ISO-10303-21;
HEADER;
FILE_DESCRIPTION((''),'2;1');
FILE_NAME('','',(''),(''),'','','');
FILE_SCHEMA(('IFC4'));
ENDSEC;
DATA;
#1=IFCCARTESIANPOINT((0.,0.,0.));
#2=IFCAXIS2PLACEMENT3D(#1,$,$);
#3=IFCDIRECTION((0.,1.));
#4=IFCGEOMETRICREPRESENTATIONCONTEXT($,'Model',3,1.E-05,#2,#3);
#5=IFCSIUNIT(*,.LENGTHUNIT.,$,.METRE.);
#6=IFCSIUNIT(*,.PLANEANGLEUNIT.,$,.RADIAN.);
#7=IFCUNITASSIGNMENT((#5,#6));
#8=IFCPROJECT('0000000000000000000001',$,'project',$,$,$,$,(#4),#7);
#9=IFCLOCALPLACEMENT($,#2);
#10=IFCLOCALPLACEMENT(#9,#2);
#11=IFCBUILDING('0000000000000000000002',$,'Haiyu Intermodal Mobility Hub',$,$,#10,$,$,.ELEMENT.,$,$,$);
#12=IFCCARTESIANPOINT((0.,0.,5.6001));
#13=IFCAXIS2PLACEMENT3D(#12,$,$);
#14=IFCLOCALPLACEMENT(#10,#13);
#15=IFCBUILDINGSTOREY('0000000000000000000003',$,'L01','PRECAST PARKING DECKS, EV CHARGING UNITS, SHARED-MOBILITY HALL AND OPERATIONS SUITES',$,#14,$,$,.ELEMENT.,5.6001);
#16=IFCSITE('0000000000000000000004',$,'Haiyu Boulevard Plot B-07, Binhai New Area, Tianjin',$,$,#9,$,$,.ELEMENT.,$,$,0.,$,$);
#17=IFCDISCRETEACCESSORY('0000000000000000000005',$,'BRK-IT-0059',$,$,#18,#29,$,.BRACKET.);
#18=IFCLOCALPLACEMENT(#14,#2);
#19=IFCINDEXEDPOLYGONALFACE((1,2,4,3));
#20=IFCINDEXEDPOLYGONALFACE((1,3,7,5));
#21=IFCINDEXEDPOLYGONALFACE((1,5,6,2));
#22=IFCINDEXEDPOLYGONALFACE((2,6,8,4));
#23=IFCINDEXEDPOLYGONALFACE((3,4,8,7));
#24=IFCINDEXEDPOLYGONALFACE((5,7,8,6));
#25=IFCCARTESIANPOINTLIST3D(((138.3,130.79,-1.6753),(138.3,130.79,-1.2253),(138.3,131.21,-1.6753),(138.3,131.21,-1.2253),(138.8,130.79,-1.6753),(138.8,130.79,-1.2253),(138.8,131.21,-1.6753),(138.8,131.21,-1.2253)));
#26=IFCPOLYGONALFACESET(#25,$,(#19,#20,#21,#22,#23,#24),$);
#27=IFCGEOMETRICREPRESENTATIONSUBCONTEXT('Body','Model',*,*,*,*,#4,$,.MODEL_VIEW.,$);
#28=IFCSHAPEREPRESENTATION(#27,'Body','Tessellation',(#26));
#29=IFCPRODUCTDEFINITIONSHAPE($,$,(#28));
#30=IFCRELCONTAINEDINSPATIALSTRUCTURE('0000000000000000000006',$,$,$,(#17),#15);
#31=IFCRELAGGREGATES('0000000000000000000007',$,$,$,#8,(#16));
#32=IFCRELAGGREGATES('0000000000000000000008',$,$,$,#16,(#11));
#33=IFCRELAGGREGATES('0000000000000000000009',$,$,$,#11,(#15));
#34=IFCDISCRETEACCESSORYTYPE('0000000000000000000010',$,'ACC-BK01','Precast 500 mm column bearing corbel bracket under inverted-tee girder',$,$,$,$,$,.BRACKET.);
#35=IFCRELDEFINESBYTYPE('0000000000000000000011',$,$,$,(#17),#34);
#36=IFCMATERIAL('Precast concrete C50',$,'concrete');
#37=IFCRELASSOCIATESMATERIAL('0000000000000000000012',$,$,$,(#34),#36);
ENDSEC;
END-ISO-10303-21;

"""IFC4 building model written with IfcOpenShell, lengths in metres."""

from ifc_helpers import new_model, si_unit, direction, frame, origin, origin_2d, place, context, subcontext, project, spatial, rectangle, extrude, material, type_object, element, save


model = new_model("IFC4")

# Units and contexts
model_context = context("Model", 3, precision=1e-05, world=origin(), true_north=direction((0.0, 1.0)))
body_context = subcontext(model_context, "Body", "Model", "MODEL_VIEW")
ifc_project = project(units=[si_unit("LENGTHUNIT", "METRE"), si_unit("PLANEANGLEUNIT", "RADIAN")], contexts=[model_context])

# Site, building, storey
site_placement = place(None, origin())
site = spatial("IfcSite", under=ifc_project, at=site_placement, Name="Haiyu Boulevard Plot B-07, Binhai New Area, Tianjin", CompositionType="ELEMENT", RefElevation=0.0)
building_placement = place(site_placement, origin())
building = spatial("IfcBuilding", under=site, at=building_placement, Name="Haiyu Intermodal Mobility Hub", CompositionType="ELEMENT")
storey_placement = place(building_placement, frame((0.0, 0.0, 5.6001)))
storey = spatial("IfcBuildingStorey", under=building, at=storey_placement, Name="L01", Description="PRECAST PARKING DECKS, EV CHARGING UNITS, SHARED-MOBILITY HALL AND OPERATIONS SUITES", CompositionType="ELEMENT", Elevation=5.6001)

# Shared definitions
ifc_material_1 = material(Name="Precast concrete C50", Category="concrete")

# Discrete accessory
discrete_accessory_type = type_object("IfcDiscreteAccessoryType", Name="ACC-BK01", Description="Precast 500 mm column bearing corbel bracket under inverted-tee girder", PredefinedType="BRACKET", material=ifc_material_1)
for number, where, z_axis, x_axis, name in (
    (1, (138.55, 131.0, -1.6753), (0.0, 0.0, 1.0), (1.0, 0.0, 0.0), "BRK-IT-0059"),
):
    element("IfcDiscreteAccessory", number, at=place(storey_placement, frame(where, z_axis=z_axis, x_axis=x_axis)), inside=storey, type_object=discrete_accessory_type, Name=name, PredefinedType="BRACKET", context=body_context, shape_type="SweptSolid", body=[
        extrude(rectangle(XDim=0.5, YDim=0.4199, at=origin_2d()), origin(), (0.0, 0.0, 1.0), 0.45),
    ])

save(model, "model.ifc")
